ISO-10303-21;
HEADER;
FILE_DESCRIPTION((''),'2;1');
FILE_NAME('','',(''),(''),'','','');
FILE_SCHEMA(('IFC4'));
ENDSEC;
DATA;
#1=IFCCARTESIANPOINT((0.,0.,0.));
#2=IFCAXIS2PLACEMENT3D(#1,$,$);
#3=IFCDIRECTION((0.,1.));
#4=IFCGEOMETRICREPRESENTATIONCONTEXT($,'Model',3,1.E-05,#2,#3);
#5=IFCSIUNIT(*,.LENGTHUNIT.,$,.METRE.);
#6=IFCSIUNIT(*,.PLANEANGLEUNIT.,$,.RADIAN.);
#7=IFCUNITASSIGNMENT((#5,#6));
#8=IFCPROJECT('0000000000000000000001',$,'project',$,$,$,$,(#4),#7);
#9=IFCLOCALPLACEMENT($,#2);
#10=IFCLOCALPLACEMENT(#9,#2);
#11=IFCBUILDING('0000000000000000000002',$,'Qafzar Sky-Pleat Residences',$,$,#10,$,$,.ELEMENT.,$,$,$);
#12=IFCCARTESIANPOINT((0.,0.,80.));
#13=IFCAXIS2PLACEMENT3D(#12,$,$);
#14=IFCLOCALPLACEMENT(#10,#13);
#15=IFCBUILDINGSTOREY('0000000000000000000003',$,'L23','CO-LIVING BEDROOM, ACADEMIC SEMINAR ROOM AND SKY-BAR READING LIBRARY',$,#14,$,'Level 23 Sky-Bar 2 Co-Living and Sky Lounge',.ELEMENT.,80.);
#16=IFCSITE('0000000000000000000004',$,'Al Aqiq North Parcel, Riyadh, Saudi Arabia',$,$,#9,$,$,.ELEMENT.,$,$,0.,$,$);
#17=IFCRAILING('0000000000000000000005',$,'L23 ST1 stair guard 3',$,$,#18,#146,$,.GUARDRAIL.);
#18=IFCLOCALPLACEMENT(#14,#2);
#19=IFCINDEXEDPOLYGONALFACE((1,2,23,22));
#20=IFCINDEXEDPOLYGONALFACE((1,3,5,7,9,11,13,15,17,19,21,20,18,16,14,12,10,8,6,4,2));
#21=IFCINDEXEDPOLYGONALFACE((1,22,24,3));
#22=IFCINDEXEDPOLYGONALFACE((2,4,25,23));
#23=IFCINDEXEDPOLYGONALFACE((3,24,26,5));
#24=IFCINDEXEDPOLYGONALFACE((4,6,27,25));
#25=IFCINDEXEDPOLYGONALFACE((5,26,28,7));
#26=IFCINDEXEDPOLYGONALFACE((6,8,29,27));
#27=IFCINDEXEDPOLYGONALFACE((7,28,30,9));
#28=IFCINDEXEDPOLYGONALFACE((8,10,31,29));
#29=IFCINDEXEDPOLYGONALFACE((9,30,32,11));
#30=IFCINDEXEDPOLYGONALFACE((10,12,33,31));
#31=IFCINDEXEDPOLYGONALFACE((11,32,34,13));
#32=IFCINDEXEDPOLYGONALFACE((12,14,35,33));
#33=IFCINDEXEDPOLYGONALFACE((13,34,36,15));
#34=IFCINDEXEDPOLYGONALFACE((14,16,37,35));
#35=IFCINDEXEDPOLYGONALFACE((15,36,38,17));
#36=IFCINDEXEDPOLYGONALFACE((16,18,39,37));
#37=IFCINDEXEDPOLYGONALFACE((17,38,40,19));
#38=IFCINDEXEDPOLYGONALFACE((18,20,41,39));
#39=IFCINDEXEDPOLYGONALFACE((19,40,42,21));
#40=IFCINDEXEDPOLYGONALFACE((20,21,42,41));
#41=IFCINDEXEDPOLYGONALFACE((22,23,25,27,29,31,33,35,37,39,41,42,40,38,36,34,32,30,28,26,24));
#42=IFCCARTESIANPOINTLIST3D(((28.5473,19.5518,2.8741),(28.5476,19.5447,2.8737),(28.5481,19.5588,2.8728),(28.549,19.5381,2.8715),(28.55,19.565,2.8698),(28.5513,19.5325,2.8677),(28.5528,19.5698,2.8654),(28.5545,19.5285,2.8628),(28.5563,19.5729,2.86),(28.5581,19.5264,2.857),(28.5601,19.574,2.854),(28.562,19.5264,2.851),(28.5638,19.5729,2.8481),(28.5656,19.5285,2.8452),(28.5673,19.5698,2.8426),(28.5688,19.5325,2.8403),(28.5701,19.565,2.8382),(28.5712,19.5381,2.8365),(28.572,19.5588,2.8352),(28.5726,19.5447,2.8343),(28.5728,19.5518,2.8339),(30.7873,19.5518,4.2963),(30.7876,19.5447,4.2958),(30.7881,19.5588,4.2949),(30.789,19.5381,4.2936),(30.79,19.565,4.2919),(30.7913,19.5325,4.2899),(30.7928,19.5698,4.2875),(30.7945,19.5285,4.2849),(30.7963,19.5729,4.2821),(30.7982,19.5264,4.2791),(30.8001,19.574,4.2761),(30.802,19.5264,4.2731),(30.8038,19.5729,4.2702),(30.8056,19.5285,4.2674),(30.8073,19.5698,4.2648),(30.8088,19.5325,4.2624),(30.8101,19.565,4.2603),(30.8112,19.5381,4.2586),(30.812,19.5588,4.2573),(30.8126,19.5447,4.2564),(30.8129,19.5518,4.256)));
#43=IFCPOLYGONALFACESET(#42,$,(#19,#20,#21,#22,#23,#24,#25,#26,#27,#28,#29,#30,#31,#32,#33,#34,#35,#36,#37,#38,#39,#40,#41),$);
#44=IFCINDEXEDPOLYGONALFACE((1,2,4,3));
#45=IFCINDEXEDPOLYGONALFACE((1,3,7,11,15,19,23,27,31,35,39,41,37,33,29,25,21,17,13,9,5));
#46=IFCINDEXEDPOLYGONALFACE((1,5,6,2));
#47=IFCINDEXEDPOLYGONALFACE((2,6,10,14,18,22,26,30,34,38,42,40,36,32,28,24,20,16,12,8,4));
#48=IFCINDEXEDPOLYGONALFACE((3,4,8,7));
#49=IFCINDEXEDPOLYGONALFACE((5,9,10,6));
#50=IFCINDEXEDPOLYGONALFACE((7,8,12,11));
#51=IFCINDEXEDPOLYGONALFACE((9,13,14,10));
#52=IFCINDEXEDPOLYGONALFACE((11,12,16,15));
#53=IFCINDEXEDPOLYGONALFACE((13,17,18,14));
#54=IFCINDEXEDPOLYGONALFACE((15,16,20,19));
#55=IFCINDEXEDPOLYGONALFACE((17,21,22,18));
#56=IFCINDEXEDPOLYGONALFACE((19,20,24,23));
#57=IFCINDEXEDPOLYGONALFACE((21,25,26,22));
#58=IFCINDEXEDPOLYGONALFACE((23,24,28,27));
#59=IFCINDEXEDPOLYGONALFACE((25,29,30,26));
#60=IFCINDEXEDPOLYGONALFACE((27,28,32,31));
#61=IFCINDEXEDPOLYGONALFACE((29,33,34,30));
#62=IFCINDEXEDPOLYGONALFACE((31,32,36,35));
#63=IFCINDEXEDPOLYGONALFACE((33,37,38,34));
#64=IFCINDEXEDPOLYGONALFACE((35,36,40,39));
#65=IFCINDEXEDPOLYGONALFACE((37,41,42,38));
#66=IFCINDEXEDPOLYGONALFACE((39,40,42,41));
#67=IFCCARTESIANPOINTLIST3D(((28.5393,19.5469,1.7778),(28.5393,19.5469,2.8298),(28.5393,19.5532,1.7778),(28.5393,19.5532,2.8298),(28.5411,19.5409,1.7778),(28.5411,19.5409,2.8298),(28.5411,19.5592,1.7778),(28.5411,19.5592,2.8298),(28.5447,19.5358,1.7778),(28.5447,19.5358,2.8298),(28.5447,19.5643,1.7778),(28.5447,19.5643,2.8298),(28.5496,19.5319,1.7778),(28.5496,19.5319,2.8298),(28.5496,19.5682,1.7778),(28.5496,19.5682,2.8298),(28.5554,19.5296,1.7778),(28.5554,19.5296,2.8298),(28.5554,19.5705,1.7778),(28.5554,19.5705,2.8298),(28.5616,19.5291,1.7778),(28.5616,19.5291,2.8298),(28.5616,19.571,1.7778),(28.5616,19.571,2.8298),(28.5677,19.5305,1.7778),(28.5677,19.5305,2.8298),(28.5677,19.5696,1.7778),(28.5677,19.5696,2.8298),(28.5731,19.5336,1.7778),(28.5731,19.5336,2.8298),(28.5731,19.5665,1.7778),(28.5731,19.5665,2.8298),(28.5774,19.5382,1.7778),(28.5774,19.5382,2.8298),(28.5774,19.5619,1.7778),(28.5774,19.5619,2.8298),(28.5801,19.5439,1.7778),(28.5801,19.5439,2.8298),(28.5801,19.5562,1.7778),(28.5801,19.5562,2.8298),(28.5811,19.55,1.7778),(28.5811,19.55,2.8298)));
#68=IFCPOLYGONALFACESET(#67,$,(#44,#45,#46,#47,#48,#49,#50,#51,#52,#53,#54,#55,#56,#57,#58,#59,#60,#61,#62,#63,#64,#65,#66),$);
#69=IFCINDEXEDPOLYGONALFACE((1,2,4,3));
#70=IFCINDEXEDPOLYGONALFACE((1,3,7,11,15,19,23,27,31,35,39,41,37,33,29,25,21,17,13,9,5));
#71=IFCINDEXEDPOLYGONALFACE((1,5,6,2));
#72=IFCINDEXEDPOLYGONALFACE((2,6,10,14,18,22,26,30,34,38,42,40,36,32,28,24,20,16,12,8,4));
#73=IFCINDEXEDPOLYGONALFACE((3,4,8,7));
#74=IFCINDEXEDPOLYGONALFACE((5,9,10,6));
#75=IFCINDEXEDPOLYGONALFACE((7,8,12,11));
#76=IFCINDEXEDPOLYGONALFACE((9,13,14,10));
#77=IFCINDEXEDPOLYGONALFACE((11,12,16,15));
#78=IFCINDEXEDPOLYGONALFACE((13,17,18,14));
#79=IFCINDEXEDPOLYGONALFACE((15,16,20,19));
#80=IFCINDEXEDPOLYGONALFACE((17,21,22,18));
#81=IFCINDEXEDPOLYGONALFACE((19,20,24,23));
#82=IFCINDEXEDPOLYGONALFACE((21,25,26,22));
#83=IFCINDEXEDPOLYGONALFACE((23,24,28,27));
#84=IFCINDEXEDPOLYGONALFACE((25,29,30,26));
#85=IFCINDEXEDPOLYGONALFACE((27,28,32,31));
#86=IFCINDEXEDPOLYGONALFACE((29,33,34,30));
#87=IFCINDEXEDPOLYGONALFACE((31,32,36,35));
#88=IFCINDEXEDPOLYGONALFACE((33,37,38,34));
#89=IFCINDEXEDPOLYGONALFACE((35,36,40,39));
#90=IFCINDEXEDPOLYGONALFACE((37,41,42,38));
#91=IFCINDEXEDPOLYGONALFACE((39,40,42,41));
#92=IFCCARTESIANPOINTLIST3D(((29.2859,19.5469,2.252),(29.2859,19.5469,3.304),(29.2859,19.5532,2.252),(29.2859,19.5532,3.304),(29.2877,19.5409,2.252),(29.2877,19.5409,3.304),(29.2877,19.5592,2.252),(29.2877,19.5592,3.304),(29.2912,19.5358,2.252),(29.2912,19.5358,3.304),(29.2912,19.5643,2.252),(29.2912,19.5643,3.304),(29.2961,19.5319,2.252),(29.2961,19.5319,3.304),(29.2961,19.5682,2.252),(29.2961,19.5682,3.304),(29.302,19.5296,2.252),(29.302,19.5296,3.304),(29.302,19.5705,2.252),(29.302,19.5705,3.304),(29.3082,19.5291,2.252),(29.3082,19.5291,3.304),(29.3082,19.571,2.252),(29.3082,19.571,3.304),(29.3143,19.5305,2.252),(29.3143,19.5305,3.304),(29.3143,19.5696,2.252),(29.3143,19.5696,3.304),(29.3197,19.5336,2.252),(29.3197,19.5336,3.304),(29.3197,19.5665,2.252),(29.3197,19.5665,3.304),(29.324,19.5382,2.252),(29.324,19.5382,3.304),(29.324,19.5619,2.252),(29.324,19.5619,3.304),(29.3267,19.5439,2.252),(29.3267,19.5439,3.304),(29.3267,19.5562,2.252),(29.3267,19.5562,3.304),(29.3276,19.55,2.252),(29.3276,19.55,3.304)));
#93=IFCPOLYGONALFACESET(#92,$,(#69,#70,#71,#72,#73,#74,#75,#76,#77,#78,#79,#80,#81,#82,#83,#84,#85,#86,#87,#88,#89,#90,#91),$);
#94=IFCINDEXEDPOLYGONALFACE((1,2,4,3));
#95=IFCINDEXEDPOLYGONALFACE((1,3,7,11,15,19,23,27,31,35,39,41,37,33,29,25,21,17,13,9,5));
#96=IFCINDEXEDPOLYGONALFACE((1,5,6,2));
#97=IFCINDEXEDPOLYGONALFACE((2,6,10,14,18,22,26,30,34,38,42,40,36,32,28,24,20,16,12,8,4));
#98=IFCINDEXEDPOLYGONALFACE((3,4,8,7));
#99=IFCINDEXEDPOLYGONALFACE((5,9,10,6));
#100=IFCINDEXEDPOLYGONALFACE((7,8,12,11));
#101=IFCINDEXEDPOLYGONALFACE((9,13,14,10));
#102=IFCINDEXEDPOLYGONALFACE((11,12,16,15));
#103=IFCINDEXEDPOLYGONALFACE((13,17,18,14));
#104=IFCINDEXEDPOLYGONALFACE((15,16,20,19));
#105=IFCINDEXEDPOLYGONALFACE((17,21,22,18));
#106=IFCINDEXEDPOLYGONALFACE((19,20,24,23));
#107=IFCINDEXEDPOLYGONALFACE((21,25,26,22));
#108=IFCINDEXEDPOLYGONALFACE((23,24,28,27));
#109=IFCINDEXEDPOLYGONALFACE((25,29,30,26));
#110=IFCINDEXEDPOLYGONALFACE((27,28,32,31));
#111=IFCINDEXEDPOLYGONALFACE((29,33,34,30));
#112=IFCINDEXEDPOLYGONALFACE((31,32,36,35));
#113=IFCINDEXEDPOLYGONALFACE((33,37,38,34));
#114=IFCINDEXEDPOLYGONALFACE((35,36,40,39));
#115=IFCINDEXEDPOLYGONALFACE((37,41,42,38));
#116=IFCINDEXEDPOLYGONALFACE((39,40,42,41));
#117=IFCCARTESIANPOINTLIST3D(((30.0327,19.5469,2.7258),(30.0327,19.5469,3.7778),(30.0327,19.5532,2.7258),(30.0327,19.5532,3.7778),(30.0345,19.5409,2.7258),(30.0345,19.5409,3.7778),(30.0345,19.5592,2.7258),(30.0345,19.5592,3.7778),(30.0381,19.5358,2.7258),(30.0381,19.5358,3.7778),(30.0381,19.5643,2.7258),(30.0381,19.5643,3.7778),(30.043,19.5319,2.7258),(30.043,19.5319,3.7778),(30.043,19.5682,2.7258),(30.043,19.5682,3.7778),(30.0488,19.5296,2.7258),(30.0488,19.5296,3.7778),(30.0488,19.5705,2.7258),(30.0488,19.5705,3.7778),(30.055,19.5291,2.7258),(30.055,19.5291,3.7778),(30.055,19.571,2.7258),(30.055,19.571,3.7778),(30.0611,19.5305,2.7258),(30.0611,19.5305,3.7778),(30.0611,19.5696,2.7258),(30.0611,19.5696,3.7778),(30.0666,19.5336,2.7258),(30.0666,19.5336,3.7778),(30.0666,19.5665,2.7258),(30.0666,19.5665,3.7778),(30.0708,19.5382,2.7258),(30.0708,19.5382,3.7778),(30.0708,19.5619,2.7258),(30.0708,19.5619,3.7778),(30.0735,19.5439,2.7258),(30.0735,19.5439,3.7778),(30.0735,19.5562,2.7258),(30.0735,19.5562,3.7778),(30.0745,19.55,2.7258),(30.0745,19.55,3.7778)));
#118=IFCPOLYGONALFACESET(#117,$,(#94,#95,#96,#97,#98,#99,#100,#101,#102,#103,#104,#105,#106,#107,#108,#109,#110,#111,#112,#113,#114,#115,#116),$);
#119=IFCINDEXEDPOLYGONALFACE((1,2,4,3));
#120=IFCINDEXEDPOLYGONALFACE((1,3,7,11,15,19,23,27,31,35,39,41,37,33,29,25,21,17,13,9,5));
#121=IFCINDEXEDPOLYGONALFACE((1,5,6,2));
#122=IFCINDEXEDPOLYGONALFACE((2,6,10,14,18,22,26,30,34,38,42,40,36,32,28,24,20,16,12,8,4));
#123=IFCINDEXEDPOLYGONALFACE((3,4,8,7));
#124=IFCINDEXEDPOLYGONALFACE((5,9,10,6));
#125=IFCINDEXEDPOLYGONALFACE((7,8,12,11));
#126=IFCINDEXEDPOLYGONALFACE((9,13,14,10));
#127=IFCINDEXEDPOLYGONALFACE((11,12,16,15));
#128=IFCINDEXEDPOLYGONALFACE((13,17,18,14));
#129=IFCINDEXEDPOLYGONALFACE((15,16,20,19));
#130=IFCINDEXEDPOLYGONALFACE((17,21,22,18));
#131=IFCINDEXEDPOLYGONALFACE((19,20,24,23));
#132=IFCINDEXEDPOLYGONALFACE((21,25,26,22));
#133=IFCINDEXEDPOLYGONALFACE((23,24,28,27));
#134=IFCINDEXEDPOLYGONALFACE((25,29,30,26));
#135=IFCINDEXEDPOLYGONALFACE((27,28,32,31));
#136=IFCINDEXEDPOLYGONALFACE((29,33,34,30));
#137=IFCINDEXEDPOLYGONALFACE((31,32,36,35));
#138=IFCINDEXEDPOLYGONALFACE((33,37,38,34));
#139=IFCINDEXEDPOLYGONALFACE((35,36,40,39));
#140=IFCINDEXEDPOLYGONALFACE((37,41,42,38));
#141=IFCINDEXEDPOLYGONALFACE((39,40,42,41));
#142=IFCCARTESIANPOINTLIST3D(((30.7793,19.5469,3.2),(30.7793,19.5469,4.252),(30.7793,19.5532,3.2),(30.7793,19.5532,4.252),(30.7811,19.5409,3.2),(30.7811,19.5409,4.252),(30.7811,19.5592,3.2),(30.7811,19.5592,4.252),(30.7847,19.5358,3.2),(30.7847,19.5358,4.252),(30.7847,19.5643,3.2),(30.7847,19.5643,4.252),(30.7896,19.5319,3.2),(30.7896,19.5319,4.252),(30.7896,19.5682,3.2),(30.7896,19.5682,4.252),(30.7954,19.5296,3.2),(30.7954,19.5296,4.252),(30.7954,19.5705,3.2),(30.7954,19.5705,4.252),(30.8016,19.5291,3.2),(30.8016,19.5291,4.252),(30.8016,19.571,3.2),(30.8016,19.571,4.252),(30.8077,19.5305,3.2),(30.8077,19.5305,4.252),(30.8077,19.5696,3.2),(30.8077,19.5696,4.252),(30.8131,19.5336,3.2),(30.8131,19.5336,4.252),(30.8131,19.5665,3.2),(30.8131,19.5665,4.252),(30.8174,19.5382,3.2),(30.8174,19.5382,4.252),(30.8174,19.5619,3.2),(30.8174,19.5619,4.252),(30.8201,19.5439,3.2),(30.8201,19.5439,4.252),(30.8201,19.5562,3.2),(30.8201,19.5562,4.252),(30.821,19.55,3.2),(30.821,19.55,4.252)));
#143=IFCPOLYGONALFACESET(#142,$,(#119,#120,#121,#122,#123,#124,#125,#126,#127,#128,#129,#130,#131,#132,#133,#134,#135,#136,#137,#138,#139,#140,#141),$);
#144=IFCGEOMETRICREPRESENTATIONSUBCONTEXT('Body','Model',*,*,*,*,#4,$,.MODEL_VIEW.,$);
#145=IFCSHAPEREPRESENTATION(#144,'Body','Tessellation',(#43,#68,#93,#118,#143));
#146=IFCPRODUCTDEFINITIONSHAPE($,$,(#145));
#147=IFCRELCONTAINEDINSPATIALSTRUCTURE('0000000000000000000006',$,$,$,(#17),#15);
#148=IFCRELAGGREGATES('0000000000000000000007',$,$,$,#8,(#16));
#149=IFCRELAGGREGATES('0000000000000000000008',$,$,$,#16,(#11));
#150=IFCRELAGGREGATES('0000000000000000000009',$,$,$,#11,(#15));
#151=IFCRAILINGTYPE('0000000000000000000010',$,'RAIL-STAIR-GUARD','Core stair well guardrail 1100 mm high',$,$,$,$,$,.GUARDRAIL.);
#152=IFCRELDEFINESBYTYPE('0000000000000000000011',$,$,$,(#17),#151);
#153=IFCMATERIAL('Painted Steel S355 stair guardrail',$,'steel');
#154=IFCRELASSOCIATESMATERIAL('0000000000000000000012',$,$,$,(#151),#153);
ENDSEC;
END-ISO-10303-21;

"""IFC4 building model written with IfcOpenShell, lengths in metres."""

from ifc_helpers import new_model, si_unit, direction, frame, origin, origin_2d, place, context, subcontext, project, spatial, circle, extrude, source, transform, mapped, material, type_object, element, save


model = new_model("IFC4")

# Units and contexts
model_context = context("Model", 3, precision=1e-05, world=origin(), true_north=direction((0.0, 1.0)))
body_context = subcontext(model_context, "Body", "Model", "MODEL_VIEW")
ifc_project = project(units=[si_unit("LENGTHUNIT", "METRE"), si_unit("PLANEANGLEUNIT", "RADIAN")], contexts=[model_context])

# Site, building, storey
site_placement = place(None, origin())
site = spatial("IfcSite", under=ifc_project, at=site_placement, Name="Al Aqiq North Parcel, Riyadh, Saudi Arabia", CompositionType="ELEMENT", RefElevation=0.0)
building_placement = place(site_placement, origin())
building = spatial("IfcBuilding", under=site, at=building_placement, Name="Qafzar Sky-Pleat Residences", CompositionType="ELEMENT")
storey_placement = place(building_placement, frame((0.0, 0.0, 80.0)))
storey = spatial("IfcBuildingStorey", under=building, at=storey_placement, Name="L23", Description="CO-LIVING BEDROOM, ACADEMIC SEMINAR ROOM AND SKY-BAR READING LIBRARY", LongName="Level 23 Sky-Bar 2 Co-Living and Sky Lounge", CompositionType="ELEMENT", Elevation=80.0)

# Railing
ifc_material_1 = material(Name="Painted Steel S355 stair guardrail", Category="steel")
railing_type_1 = type_object("IfcRailingType", Name="RAIL-STAIR-GUARD", Description="Core stair well guardrail 1100 mm high", PredefinedType="GUARDRAIL", material=ifc_material_1)
shared_shape_1 = source(origin(), body_context, "Body", "SweptSolid", [
    extrude(circle(Radius=0.0239, at=origin_2d()), frame((0.0, 0.0, 1.0762), z_axis=(0.844229, 0.0, 0.535982), x_axis=(0.0, 1.0, 0.0)), (0.0, 0.0, 1.0), 2.6533),
    extrude(circle(Radius=0.021, at=origin_2d()), origin(), (0.0, 0.0, 1.0), 1.052),
    extrude(circle(Radius=0.021, at=origin_2d()), frame((0.7466, 0.0, 0.4741)), (0.0, 0.0, 1.0), 1.052),
    extrude(circle(Radius=0.021, at=origin_2d()), frame((1.4934, 0.0, 0.948)), (0.0, 0.0, 1.0), 1.052),
    extrude(circle(Radius=0.021, at=origin_2d()), frame((2.24, 0.0, 1.4221)), (0.0, 0.0, 1.0), 1.052),
])
railing_1_placement = place(storey_placement, frame((28.5601, 19.55, 1.7778)))
element("IfcRailing", 1, at=railing_1_placement, inside=storey, type_object=railing_type_1, Name="L23 ST1 stair guard 3", PredefinedType="GUARDRAIL", context=body_context, shape_type="MappedRepresentation", body=[
    mapped(shared_shape_1, transform((0.0, 0.0, 0.0), x_axis=(1.0, 0.0, 0.0), y_axis=(0.0, 1.0, 0.0), z_axis=(0.0, 0.0, 1.0), scale=1.0)),
])

save(model, "model.ifc")
